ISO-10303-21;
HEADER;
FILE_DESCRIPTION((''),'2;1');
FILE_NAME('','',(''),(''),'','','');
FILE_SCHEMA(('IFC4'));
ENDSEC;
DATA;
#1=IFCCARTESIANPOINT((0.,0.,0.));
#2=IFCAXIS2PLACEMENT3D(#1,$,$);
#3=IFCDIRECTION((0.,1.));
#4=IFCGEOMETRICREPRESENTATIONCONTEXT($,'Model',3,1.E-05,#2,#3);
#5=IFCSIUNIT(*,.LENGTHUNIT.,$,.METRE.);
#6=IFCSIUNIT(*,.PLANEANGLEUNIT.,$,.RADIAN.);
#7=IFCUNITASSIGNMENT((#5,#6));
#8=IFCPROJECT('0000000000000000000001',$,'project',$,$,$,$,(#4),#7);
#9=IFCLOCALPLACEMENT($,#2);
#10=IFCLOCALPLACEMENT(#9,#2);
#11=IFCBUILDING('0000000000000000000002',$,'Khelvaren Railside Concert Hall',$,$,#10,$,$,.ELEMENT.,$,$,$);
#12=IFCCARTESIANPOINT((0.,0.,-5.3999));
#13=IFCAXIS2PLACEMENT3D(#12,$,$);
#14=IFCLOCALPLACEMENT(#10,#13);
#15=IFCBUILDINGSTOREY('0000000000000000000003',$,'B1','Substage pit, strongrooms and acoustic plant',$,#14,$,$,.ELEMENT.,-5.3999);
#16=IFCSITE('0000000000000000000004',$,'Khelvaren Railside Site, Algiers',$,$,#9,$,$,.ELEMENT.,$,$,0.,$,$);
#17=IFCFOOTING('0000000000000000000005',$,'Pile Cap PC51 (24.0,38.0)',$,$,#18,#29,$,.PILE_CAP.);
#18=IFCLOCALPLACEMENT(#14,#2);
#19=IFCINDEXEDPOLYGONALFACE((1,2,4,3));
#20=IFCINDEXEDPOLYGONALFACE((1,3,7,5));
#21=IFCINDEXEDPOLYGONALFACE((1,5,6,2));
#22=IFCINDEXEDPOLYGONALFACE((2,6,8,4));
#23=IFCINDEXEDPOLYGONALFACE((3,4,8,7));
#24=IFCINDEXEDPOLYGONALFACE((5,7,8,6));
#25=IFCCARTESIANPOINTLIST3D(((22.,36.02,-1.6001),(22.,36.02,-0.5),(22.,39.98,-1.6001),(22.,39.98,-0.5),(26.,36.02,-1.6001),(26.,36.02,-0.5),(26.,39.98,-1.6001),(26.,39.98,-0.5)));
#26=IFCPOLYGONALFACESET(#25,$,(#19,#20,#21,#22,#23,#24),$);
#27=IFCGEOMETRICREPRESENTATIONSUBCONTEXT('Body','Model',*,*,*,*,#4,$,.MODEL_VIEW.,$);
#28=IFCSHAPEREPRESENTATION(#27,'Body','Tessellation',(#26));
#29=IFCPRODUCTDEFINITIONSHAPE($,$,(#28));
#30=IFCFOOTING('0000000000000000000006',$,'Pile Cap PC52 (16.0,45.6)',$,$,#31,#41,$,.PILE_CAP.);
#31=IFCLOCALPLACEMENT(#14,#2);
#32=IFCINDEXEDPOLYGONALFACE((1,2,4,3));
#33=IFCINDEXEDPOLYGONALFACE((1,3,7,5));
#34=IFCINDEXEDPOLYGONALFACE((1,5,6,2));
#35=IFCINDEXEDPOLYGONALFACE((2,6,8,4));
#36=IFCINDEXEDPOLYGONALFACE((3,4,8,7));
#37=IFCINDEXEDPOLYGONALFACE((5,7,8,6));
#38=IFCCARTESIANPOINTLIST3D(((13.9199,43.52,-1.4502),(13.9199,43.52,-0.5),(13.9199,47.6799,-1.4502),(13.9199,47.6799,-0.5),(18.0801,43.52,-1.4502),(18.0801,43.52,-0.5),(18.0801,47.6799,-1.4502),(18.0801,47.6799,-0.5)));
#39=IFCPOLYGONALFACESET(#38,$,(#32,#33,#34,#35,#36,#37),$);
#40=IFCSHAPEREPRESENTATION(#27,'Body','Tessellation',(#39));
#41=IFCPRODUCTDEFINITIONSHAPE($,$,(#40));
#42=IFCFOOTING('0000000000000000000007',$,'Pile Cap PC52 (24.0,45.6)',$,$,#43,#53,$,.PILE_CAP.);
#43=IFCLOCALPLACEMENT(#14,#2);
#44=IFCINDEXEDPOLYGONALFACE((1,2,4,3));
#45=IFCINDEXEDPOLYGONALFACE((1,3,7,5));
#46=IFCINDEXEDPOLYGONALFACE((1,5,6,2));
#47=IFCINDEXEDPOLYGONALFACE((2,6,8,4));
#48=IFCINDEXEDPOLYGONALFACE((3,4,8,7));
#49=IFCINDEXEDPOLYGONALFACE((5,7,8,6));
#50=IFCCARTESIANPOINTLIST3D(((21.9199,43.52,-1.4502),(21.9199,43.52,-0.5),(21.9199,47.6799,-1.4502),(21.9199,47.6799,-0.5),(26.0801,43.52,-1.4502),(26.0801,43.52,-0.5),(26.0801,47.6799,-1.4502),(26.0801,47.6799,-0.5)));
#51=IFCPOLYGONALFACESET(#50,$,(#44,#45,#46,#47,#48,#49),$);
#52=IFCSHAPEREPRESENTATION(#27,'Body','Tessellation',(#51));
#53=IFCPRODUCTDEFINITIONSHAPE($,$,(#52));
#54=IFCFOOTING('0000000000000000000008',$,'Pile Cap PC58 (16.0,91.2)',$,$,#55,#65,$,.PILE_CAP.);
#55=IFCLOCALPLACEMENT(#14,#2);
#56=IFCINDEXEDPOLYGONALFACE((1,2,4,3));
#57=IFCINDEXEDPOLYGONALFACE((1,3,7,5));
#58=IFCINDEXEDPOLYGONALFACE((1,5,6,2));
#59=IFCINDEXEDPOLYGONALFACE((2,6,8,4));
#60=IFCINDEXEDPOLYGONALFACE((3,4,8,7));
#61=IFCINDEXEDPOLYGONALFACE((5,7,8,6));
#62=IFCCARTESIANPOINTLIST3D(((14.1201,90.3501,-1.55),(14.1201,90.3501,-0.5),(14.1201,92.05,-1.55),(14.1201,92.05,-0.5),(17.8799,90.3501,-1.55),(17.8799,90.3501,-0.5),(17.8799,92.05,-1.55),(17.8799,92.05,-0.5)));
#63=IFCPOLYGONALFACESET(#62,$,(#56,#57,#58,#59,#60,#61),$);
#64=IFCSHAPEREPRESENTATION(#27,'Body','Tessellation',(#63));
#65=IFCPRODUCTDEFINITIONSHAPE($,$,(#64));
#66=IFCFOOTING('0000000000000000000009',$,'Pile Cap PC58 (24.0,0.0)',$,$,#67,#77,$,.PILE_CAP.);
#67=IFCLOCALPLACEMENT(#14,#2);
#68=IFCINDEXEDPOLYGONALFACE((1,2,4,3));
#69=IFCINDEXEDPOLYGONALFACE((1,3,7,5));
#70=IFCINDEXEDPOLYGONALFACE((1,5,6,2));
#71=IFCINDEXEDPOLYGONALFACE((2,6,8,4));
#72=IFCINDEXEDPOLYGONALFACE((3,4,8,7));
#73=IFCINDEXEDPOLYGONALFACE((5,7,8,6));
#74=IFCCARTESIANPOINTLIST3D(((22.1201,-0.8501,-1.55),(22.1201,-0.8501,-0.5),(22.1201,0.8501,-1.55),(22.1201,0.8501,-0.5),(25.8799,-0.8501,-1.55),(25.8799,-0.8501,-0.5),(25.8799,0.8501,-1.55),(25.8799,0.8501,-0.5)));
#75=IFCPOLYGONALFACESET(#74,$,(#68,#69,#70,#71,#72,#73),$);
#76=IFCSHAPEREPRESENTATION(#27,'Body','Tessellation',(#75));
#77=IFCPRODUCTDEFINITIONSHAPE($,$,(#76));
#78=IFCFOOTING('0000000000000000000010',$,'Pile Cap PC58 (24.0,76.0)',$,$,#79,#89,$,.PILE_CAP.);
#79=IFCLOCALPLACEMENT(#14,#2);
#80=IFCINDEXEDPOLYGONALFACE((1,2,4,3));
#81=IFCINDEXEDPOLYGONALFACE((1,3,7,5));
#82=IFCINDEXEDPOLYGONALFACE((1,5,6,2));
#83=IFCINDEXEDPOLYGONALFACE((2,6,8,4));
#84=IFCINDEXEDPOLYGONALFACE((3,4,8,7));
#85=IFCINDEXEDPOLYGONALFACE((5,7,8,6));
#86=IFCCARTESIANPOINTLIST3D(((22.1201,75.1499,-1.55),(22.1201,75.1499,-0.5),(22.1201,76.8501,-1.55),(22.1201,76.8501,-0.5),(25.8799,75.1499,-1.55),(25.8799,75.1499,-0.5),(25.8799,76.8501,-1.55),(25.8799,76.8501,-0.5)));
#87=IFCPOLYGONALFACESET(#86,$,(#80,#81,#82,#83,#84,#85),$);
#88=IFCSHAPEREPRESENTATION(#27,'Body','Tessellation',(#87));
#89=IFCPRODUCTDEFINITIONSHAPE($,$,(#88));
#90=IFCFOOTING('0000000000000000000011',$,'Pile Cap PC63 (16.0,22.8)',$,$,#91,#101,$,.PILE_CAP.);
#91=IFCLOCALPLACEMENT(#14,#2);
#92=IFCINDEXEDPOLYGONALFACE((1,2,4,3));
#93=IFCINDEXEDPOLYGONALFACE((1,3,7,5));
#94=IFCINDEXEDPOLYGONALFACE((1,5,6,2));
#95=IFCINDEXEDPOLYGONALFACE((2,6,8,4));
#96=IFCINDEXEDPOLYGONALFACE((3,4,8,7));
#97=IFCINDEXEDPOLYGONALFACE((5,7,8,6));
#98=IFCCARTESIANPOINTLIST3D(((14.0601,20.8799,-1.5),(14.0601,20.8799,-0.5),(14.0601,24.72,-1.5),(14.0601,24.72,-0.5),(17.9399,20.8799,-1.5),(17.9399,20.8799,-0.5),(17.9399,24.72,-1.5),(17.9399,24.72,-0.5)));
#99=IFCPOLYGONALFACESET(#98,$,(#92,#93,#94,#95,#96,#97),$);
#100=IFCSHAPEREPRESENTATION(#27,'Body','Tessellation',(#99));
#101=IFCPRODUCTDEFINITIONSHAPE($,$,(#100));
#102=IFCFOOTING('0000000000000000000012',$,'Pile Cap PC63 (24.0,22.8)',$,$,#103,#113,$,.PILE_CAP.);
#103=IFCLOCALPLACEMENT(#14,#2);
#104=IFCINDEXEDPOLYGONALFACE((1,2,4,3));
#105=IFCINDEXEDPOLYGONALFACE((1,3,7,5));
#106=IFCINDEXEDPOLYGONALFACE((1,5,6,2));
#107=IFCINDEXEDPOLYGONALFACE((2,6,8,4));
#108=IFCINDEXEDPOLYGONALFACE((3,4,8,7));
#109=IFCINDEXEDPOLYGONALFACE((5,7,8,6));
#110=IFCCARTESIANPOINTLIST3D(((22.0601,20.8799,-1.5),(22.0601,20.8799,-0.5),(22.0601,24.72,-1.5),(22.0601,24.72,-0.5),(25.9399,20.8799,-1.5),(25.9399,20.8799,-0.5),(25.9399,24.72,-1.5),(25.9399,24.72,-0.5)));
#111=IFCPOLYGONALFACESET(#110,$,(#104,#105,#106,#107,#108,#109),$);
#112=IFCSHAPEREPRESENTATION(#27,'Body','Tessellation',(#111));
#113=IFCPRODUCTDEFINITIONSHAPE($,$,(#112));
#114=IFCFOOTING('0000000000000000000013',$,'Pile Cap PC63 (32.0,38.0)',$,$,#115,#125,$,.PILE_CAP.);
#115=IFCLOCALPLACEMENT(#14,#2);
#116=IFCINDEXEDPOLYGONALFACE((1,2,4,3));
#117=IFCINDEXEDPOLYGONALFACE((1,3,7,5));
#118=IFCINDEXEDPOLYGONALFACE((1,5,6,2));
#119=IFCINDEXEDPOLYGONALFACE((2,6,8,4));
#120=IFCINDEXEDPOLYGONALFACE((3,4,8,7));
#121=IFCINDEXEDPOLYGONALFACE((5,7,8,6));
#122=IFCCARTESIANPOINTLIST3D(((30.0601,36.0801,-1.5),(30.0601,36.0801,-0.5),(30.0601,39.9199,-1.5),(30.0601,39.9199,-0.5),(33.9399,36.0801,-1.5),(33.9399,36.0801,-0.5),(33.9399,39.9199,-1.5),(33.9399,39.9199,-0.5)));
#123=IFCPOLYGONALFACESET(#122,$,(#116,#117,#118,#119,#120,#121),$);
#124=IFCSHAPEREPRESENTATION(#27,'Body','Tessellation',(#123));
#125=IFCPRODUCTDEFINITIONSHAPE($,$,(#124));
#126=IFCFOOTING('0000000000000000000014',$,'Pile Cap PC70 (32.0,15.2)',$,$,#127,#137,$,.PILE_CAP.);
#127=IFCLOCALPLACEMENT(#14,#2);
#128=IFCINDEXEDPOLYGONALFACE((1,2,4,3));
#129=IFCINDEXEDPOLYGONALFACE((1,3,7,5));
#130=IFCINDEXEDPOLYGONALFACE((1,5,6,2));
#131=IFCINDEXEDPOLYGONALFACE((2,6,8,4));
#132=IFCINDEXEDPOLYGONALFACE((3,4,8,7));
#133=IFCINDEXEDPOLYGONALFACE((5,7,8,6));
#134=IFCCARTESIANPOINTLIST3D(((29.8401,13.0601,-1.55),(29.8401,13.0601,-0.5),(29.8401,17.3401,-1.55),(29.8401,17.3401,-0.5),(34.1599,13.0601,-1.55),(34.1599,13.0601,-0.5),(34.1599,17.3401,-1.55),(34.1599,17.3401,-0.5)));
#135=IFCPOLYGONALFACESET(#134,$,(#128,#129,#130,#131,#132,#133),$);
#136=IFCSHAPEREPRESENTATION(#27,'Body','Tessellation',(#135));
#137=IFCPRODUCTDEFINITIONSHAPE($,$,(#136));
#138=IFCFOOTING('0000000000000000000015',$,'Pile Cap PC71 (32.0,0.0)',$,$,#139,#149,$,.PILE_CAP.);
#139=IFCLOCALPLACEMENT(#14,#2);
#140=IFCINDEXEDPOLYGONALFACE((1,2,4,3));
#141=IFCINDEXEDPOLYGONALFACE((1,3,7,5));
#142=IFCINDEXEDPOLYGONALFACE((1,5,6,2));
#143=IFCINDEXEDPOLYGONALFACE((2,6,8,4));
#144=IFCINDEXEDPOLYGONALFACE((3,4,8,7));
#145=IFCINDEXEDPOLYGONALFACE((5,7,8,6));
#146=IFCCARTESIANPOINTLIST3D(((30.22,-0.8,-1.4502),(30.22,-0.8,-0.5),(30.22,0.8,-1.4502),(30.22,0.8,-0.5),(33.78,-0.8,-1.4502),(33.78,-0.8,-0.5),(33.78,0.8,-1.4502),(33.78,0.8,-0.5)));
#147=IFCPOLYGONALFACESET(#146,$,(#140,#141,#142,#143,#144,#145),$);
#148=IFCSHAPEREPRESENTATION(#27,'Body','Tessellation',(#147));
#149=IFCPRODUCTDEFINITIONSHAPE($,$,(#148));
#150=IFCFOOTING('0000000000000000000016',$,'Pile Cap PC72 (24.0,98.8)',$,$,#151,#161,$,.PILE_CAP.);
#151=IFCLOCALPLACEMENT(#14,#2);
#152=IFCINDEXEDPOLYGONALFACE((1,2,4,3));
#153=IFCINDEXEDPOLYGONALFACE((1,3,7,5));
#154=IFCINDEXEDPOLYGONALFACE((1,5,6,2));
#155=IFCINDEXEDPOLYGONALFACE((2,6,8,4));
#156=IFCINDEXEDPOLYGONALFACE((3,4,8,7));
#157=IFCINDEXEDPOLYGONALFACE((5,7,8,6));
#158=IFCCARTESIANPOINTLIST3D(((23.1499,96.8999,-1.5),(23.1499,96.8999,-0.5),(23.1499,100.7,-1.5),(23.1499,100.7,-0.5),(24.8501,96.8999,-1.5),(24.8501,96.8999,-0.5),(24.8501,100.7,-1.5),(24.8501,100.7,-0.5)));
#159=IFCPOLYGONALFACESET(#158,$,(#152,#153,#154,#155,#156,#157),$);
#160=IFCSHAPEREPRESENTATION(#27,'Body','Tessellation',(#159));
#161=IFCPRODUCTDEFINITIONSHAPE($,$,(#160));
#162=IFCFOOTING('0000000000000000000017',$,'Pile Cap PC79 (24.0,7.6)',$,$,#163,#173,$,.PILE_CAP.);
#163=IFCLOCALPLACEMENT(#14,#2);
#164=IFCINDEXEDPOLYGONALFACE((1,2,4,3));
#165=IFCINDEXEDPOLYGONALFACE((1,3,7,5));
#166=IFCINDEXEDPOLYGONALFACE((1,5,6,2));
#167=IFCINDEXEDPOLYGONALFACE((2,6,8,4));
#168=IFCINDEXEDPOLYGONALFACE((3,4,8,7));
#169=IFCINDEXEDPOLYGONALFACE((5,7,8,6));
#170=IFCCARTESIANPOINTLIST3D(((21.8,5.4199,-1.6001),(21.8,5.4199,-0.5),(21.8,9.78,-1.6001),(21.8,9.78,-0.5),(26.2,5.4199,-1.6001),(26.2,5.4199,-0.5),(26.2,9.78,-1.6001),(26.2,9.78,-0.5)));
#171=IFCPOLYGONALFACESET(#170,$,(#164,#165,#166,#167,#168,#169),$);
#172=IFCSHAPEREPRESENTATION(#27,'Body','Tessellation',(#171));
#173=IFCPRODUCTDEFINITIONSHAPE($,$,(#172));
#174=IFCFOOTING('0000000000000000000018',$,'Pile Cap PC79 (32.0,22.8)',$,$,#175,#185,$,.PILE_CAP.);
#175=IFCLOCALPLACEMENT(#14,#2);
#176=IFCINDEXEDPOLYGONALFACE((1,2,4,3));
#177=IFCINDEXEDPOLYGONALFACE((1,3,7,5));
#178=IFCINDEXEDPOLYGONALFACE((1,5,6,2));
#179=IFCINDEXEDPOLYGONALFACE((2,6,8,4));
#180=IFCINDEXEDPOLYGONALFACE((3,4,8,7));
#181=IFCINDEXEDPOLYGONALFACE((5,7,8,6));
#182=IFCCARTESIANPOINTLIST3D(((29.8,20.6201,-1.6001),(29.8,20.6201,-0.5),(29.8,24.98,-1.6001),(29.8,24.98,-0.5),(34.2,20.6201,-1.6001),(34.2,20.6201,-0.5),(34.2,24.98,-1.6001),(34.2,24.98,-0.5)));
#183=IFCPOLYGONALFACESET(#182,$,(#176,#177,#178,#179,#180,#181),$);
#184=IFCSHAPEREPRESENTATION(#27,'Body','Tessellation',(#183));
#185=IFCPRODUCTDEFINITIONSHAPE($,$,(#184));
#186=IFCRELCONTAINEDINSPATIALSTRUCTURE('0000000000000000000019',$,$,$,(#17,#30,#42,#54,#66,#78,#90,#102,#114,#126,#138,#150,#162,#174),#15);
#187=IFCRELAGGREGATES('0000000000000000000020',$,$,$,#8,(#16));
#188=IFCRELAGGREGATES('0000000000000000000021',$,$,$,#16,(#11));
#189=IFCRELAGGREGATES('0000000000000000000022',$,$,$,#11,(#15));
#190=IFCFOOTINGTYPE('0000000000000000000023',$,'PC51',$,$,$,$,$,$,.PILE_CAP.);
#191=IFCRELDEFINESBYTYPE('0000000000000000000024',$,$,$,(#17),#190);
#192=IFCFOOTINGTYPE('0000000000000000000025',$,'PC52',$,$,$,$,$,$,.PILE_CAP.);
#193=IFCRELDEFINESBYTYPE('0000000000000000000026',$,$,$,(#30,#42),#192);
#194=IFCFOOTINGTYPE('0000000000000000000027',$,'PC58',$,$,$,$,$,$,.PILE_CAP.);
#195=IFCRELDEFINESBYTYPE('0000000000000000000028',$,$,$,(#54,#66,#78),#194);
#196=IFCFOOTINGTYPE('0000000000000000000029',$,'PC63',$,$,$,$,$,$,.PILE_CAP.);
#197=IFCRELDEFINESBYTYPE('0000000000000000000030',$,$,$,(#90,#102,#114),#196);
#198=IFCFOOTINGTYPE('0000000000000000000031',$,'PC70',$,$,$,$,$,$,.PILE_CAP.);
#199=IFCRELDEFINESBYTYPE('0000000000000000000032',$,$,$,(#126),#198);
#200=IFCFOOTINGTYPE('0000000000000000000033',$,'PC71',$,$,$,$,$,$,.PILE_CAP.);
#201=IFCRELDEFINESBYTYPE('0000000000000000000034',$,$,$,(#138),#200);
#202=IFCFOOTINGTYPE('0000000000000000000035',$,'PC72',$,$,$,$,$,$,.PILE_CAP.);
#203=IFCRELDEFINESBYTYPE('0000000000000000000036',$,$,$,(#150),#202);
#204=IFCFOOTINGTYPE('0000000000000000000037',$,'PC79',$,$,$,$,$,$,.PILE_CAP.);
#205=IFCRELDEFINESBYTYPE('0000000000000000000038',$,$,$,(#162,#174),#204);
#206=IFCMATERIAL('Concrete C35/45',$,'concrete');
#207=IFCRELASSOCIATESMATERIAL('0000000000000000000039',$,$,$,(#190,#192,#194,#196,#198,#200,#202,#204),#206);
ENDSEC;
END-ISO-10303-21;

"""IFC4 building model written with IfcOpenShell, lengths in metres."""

from ifc_helpers import new_model, si_unit, direction, frame, origin, place, context, subcontext, project, spatial, polyline, outline, extrude, material, type_object, element, save


model = new_model("IFC4")

# Units and contexts
model_context = context("Model", 3, precision=1e-05, world=origin(), true_north=direction((0.0, 1.0)))
body_context = subcontext(model_context, "Body", "Model", "MODEL_VIEW")
ifc_project = project(units=[si_unit("LENGTHUNIT", "METRE"), si_unit("PLANEANGLEUNIT", "RADIAN")], contexts=[model_context])

# Site, building, storey
site_placement = place(None, origin())
site = spatial("IfcSite", under=ifc_project, at=site_placement, Name="Khelvaren Railside Site, Algiers", CompositionType="ELEMENT", RefElevation=0.0)
building_placement = place(site_placement, origin())
building = spatial("IfcBuilding", under=site, at=building_placement, Name="Khelvaren Railside Concert Hall", CompositionType="ELEMENT")
storey_placement = place(building_placement, frame((0.0, 0.0, -5.3999)))
storey = spatial("IfcBuildingStorey", under=building, at=storey_placement, Name="B1", Description="Substage pit, strongrooms and acoustic plant", CompositionType="ELEMENT", Elevation=-5.3999)

# Footings
ifc_material = material(Name="Concrete C35/45", Category="concrete")
footing_type_1 = type_object("IfcFootingType", Name="PC51", PredefinedType="PILE_CAP", material=ifc_material)
footing_1_placement = place(storey_placement, frame((0.0, 0.0, -1.6001)))
element("IfcFooting", 1, at=footing_1_placement, inside=storey, type_object=footing_type_1, Name="Pile Cap PC51 (24.0,38.0)", PredefinedType="PILE_CAP", context=body_context, shape_type="SweptSolid", body=[
    extrude(outline(polyline([(22.0, 36.02), (26.0, 36.02), (26.0, 39.98), (22.0, 39.98), (22.0, 36.02)])), origin(), (0.0, 0.0, 1.0), 1.1001),
])
footing_type_2 = type_object("IfcFootingType", Name="PC52", PredefinedType="PILE_CAP", material=ifc_material)
footing_2_placement = place(storey_placement, frame((0.0, 0.0, -1.4502)))
element("IfcFooting", 2, at=footing_2_placement, inside=storey, type_object=footing_type_2, Name="Pile Cap PC52 (16.0,45.6)", PredefinedType="PILE_CAP", context=body_context, shape_type="SweptSolid", body=[
    extrude(outline(polyline([(13.9199, 43.52), (18.0801, 43.52), (18.0801, 47.6799), (13.9199, 47.6799), (13.9199, 43.52)])), origin(), (0.0, 0.0, 1.0), 0.9502),
])
footing_3_placement = place(storey_placement, frame((0.0, 0.0, -1.4502)))
element("IfcFooting", 3, at=footing_3_placement, inside=storey, type_object=footing_type_2, Name="Pile Cap PC52 (24.0,45.6)", PredefinedType="PILE_CAP", context=body_context, shape_type="SweptSolid", body=[
    extrude(outline(polyline([(21.9199, 43.52), (26.0801, 43.52), (26.0801, 47.6799), (21.9199, 47.6799), (21.9199, 43.52)])), origin(), (0.0, 0.0, 1.0), 0.9502),
])
footing_type_3 = type_object("IfcFootingType", Name="PC58", PredefinedType="PILE_CAP", material=ifc_material)
footing_4_placement = place(storey_placement, frame((0.0, 0.0, -1.55)))
element("IfcFooting", 4, at=footing_4_placement, inside=storey, type_object=footing_type_3, Name="Pile Cap PC58 (16.0,91.2)", PredefinedType="PILE_CAP", context=body_context, shape_type="SweptSolid", body=[
    extrude(outline(polyline([(14.1201, 90.3501), (17.8799, 90.3501), (17.8799, 92.05), (14.1201, 92.05), (14.1201, 90.3501)])), origin(), (0.0, 0.0, 1.0), 1.05),
])
footing_5_placement = place(storey_placement, frame((0.0, 0.0, -1.55)))
element("IfcFooting", 5, at=footing_5_placement, inside=storey, type_object=footing_type_3, Name="Pile Cap PC58 (24.0,0.0)", PredefinedType="PILE_CAP", context=body_context, shape_type="SweptSolid", body=[
    extrude(outline(polyline([(22.1201, -0.8501), (25.8799, -0.8501), (25.8799, 0.8501), (22.1201, 0.8501), (22.1201, -0.8501)])), origin(), (0.0, 0.0, 1.0), 1.05),
])
footing_6_placement = place(storey_placement, frame((0.0, 0.0, -1.55)))
element("IfcFooting", 6, at=footing_6_placement, inside=storey, type_object=footing_type_3, Name="Pile Cap PC58 (24.0,76.0)", PredefinedType="PILE_CAP", context=body_context, shape_type="SweptSolid", body=[
    extrude(outline(polyline([(22.1201, 75.1499), (25.8799, 75.1499), (25.8799, 76.8501), (22.1201, 76.8501), (22.1201, 75.1499)])), origin(), (0.0, 0.0, 1.0), 1.05),
])
footing_type_4 = type_object("IfcFootingType", Name="PC63", PredefinedType="PILE_CAP", material=ifc_material)
footing_7_placement = place(storey_placement, frame((0.0, 0.0, -1.5)))
element("IfcFooting", 7, at=footing_7_placement, inside=storey, type_object=footing_type_4, Name="Pile Cap PC63 (16.0,22.8)", PredefinedType="PILE_CAP", context=body_context, shape_type="SweptSolid", body=[
    extrude(outline(polyline([(14.0601, 20.8799), (17.9399, 20.8799), (17.9399, 24.72), (14.0601, 24.72), (14.0601, 20.8799)])), origin(), (0.0, 0.0, 1.0), 1.0),
])
footing_8_placement = place(storey_placement, frame((0.0, 0.0, -1.5)))
element("IfcFooting", 8, at=footing_8_placement, inside=storey, type_object=footing_type_4, Name="Pile Cap PC63 (24.0,22.8)", PredefinedType="PILE_CAP", context=body_context, shape_type="SweptSolid", body=[
    extrude(outline(polyline([(22.0601, 20.8799), (25.9399, 20.8799), (25.9399, 24.72), (22.0601, 24.72), (22.0601, 20.8799)])), origin(), (0.0, 0.0, 1.0), 1.0),
])
footing_9_placement = place(storey_placement, frame((0.0, 0.0, -1.5)))
element("IfcFooting", 9, at=footing_9_placement, inside=storey, type_object=footing_type_4, Name="Pile Cap PC63 (32.0,38.0)", PredefinedType="PILE_CAP", context=body_context, shape_type="SweptSolid", body=[
    extrude(outline(polyline([(30.0601, 36.0801), (33.9399, 36.0801), (33.9399, 39.9199), (30.0601, 39.9199), (30.0601, 36.0801)])), origin(), (0.0, 0.0, 1.0), 1.0),
])
footing_type_5 = type_object("IfcFootingType", Name="PC70", PredefinedType="PILE_CAP", material=ifc_material)
footing_10_placement = place(storey_placement, frame((0.0, 0.0, -1.55)))
element("IfcFooting", 10, at=footing_10_placement, inside=storey, type_object=footing_type_5, Name="Pile Cap PC70 (32.0,15.2)", PredefinedType="PILE_CAP", context=body_context, shape_type="SweptSolid", body=[
    extrude(outline(polyline([(29.8401, 13.0601), (34.1599, 13.0601), (34.1599, 17.3401), (29.8401, 17.3401), (29.8401, 13.0601)])), origin(), (0.0, 0.0, 1.0), 1.05),
])
footing_type_6 = type_object("IfcFootingType", Name="PC71", PredefinedType="PILE_CAP", material=ifc_material)
footing_11_placement = place(storey_placement, frame((0.0, 0.0, -1.4502)))
element("IfcFooting", 11, at=footing_11_placement, inside=storey, type_object=footing_type_6, Name="Pile Cap PC71 (32.0,0.0)", PredefinedType="PILE_CAP", context=body_context, shape_type="SweptSolid", body=[
    extrude(outline(polyline([(30.22, -0.8), (33.78, -0.8), (33.78, 0.8), (30.22, 0.8), (30.22, -0.8)])), origin(), (0.0, 0.0, 1.0), 0.9502),
])
footing_type_7 = type_object("IfcFootingType", Name="PC72", PredefinedType="PILE_CAP", material=ifc_material)
footing_12_placement = place(storey_placement, frame((0.0, 0.0, -1.5)))
element("IfcFooting", 12, at=footing_12_placement, inside=storey, type_object=footing_type_7, Name="Pile Cap PC72 (24.0,98.8)", PredefinedType="PILE_CAP", context=body_context, shape_type="SweptSolid", body=[
    extrude(outline(polyline([(23.1499, 96.8999), (24.8501, 96.8999), (24.8501, 100.7), (23.1499, 100.7), (23.1499, 96.8999)])), origin(), (0.0, 0.0, 1.0), 1.0),
])
footing_type_8 = type_object("IfcFootingType", Name="PC79", PredefinedType="PILE_CAP", material=ifc_material)
footing_13_placement = place(storey_placement, frame((0.0, 0.0, -1.6001)))
element("IfcFooting", 13, at=footing_13_placement, inside=storey, type_object=footing_type_8, Name="Pile Cap PC79 (24.0,7.6)", PredefinedType="PILE_CAP", context=body_context, shape_type="SweptSolid", body=[
    extrude(outline(polyline([(21.8, 5.4199), (26.2, 5.4199), (26.2, 9.78), (21.8, 9.78), (21.8, 5.4199)])), origin(), (0.0, 0.0, 1.0), 1.1001),
])
footing_14_placement = place(storey_placement, frame((0.0, 0.0, -1.6001)))
element("IfcFooting", 14, at=footing_14_placement, inside=storey, type_object=footing_type_8, Name="Pile Cap PC79 (32.0,22.8)", PredefinedType="PILE_CAP", context=body_context, shape_type="SweptSolid", body=[
    extrude(outline(polyline([(29.8, 20.6201), (34.2, 20.6201), (34.2, 24.98), (29.8, 24.98), (29.8, 20.6201)])), origin(), (0.0, 0.0, 1.0), 1.1001),
])

save(model, "model.ifc")
